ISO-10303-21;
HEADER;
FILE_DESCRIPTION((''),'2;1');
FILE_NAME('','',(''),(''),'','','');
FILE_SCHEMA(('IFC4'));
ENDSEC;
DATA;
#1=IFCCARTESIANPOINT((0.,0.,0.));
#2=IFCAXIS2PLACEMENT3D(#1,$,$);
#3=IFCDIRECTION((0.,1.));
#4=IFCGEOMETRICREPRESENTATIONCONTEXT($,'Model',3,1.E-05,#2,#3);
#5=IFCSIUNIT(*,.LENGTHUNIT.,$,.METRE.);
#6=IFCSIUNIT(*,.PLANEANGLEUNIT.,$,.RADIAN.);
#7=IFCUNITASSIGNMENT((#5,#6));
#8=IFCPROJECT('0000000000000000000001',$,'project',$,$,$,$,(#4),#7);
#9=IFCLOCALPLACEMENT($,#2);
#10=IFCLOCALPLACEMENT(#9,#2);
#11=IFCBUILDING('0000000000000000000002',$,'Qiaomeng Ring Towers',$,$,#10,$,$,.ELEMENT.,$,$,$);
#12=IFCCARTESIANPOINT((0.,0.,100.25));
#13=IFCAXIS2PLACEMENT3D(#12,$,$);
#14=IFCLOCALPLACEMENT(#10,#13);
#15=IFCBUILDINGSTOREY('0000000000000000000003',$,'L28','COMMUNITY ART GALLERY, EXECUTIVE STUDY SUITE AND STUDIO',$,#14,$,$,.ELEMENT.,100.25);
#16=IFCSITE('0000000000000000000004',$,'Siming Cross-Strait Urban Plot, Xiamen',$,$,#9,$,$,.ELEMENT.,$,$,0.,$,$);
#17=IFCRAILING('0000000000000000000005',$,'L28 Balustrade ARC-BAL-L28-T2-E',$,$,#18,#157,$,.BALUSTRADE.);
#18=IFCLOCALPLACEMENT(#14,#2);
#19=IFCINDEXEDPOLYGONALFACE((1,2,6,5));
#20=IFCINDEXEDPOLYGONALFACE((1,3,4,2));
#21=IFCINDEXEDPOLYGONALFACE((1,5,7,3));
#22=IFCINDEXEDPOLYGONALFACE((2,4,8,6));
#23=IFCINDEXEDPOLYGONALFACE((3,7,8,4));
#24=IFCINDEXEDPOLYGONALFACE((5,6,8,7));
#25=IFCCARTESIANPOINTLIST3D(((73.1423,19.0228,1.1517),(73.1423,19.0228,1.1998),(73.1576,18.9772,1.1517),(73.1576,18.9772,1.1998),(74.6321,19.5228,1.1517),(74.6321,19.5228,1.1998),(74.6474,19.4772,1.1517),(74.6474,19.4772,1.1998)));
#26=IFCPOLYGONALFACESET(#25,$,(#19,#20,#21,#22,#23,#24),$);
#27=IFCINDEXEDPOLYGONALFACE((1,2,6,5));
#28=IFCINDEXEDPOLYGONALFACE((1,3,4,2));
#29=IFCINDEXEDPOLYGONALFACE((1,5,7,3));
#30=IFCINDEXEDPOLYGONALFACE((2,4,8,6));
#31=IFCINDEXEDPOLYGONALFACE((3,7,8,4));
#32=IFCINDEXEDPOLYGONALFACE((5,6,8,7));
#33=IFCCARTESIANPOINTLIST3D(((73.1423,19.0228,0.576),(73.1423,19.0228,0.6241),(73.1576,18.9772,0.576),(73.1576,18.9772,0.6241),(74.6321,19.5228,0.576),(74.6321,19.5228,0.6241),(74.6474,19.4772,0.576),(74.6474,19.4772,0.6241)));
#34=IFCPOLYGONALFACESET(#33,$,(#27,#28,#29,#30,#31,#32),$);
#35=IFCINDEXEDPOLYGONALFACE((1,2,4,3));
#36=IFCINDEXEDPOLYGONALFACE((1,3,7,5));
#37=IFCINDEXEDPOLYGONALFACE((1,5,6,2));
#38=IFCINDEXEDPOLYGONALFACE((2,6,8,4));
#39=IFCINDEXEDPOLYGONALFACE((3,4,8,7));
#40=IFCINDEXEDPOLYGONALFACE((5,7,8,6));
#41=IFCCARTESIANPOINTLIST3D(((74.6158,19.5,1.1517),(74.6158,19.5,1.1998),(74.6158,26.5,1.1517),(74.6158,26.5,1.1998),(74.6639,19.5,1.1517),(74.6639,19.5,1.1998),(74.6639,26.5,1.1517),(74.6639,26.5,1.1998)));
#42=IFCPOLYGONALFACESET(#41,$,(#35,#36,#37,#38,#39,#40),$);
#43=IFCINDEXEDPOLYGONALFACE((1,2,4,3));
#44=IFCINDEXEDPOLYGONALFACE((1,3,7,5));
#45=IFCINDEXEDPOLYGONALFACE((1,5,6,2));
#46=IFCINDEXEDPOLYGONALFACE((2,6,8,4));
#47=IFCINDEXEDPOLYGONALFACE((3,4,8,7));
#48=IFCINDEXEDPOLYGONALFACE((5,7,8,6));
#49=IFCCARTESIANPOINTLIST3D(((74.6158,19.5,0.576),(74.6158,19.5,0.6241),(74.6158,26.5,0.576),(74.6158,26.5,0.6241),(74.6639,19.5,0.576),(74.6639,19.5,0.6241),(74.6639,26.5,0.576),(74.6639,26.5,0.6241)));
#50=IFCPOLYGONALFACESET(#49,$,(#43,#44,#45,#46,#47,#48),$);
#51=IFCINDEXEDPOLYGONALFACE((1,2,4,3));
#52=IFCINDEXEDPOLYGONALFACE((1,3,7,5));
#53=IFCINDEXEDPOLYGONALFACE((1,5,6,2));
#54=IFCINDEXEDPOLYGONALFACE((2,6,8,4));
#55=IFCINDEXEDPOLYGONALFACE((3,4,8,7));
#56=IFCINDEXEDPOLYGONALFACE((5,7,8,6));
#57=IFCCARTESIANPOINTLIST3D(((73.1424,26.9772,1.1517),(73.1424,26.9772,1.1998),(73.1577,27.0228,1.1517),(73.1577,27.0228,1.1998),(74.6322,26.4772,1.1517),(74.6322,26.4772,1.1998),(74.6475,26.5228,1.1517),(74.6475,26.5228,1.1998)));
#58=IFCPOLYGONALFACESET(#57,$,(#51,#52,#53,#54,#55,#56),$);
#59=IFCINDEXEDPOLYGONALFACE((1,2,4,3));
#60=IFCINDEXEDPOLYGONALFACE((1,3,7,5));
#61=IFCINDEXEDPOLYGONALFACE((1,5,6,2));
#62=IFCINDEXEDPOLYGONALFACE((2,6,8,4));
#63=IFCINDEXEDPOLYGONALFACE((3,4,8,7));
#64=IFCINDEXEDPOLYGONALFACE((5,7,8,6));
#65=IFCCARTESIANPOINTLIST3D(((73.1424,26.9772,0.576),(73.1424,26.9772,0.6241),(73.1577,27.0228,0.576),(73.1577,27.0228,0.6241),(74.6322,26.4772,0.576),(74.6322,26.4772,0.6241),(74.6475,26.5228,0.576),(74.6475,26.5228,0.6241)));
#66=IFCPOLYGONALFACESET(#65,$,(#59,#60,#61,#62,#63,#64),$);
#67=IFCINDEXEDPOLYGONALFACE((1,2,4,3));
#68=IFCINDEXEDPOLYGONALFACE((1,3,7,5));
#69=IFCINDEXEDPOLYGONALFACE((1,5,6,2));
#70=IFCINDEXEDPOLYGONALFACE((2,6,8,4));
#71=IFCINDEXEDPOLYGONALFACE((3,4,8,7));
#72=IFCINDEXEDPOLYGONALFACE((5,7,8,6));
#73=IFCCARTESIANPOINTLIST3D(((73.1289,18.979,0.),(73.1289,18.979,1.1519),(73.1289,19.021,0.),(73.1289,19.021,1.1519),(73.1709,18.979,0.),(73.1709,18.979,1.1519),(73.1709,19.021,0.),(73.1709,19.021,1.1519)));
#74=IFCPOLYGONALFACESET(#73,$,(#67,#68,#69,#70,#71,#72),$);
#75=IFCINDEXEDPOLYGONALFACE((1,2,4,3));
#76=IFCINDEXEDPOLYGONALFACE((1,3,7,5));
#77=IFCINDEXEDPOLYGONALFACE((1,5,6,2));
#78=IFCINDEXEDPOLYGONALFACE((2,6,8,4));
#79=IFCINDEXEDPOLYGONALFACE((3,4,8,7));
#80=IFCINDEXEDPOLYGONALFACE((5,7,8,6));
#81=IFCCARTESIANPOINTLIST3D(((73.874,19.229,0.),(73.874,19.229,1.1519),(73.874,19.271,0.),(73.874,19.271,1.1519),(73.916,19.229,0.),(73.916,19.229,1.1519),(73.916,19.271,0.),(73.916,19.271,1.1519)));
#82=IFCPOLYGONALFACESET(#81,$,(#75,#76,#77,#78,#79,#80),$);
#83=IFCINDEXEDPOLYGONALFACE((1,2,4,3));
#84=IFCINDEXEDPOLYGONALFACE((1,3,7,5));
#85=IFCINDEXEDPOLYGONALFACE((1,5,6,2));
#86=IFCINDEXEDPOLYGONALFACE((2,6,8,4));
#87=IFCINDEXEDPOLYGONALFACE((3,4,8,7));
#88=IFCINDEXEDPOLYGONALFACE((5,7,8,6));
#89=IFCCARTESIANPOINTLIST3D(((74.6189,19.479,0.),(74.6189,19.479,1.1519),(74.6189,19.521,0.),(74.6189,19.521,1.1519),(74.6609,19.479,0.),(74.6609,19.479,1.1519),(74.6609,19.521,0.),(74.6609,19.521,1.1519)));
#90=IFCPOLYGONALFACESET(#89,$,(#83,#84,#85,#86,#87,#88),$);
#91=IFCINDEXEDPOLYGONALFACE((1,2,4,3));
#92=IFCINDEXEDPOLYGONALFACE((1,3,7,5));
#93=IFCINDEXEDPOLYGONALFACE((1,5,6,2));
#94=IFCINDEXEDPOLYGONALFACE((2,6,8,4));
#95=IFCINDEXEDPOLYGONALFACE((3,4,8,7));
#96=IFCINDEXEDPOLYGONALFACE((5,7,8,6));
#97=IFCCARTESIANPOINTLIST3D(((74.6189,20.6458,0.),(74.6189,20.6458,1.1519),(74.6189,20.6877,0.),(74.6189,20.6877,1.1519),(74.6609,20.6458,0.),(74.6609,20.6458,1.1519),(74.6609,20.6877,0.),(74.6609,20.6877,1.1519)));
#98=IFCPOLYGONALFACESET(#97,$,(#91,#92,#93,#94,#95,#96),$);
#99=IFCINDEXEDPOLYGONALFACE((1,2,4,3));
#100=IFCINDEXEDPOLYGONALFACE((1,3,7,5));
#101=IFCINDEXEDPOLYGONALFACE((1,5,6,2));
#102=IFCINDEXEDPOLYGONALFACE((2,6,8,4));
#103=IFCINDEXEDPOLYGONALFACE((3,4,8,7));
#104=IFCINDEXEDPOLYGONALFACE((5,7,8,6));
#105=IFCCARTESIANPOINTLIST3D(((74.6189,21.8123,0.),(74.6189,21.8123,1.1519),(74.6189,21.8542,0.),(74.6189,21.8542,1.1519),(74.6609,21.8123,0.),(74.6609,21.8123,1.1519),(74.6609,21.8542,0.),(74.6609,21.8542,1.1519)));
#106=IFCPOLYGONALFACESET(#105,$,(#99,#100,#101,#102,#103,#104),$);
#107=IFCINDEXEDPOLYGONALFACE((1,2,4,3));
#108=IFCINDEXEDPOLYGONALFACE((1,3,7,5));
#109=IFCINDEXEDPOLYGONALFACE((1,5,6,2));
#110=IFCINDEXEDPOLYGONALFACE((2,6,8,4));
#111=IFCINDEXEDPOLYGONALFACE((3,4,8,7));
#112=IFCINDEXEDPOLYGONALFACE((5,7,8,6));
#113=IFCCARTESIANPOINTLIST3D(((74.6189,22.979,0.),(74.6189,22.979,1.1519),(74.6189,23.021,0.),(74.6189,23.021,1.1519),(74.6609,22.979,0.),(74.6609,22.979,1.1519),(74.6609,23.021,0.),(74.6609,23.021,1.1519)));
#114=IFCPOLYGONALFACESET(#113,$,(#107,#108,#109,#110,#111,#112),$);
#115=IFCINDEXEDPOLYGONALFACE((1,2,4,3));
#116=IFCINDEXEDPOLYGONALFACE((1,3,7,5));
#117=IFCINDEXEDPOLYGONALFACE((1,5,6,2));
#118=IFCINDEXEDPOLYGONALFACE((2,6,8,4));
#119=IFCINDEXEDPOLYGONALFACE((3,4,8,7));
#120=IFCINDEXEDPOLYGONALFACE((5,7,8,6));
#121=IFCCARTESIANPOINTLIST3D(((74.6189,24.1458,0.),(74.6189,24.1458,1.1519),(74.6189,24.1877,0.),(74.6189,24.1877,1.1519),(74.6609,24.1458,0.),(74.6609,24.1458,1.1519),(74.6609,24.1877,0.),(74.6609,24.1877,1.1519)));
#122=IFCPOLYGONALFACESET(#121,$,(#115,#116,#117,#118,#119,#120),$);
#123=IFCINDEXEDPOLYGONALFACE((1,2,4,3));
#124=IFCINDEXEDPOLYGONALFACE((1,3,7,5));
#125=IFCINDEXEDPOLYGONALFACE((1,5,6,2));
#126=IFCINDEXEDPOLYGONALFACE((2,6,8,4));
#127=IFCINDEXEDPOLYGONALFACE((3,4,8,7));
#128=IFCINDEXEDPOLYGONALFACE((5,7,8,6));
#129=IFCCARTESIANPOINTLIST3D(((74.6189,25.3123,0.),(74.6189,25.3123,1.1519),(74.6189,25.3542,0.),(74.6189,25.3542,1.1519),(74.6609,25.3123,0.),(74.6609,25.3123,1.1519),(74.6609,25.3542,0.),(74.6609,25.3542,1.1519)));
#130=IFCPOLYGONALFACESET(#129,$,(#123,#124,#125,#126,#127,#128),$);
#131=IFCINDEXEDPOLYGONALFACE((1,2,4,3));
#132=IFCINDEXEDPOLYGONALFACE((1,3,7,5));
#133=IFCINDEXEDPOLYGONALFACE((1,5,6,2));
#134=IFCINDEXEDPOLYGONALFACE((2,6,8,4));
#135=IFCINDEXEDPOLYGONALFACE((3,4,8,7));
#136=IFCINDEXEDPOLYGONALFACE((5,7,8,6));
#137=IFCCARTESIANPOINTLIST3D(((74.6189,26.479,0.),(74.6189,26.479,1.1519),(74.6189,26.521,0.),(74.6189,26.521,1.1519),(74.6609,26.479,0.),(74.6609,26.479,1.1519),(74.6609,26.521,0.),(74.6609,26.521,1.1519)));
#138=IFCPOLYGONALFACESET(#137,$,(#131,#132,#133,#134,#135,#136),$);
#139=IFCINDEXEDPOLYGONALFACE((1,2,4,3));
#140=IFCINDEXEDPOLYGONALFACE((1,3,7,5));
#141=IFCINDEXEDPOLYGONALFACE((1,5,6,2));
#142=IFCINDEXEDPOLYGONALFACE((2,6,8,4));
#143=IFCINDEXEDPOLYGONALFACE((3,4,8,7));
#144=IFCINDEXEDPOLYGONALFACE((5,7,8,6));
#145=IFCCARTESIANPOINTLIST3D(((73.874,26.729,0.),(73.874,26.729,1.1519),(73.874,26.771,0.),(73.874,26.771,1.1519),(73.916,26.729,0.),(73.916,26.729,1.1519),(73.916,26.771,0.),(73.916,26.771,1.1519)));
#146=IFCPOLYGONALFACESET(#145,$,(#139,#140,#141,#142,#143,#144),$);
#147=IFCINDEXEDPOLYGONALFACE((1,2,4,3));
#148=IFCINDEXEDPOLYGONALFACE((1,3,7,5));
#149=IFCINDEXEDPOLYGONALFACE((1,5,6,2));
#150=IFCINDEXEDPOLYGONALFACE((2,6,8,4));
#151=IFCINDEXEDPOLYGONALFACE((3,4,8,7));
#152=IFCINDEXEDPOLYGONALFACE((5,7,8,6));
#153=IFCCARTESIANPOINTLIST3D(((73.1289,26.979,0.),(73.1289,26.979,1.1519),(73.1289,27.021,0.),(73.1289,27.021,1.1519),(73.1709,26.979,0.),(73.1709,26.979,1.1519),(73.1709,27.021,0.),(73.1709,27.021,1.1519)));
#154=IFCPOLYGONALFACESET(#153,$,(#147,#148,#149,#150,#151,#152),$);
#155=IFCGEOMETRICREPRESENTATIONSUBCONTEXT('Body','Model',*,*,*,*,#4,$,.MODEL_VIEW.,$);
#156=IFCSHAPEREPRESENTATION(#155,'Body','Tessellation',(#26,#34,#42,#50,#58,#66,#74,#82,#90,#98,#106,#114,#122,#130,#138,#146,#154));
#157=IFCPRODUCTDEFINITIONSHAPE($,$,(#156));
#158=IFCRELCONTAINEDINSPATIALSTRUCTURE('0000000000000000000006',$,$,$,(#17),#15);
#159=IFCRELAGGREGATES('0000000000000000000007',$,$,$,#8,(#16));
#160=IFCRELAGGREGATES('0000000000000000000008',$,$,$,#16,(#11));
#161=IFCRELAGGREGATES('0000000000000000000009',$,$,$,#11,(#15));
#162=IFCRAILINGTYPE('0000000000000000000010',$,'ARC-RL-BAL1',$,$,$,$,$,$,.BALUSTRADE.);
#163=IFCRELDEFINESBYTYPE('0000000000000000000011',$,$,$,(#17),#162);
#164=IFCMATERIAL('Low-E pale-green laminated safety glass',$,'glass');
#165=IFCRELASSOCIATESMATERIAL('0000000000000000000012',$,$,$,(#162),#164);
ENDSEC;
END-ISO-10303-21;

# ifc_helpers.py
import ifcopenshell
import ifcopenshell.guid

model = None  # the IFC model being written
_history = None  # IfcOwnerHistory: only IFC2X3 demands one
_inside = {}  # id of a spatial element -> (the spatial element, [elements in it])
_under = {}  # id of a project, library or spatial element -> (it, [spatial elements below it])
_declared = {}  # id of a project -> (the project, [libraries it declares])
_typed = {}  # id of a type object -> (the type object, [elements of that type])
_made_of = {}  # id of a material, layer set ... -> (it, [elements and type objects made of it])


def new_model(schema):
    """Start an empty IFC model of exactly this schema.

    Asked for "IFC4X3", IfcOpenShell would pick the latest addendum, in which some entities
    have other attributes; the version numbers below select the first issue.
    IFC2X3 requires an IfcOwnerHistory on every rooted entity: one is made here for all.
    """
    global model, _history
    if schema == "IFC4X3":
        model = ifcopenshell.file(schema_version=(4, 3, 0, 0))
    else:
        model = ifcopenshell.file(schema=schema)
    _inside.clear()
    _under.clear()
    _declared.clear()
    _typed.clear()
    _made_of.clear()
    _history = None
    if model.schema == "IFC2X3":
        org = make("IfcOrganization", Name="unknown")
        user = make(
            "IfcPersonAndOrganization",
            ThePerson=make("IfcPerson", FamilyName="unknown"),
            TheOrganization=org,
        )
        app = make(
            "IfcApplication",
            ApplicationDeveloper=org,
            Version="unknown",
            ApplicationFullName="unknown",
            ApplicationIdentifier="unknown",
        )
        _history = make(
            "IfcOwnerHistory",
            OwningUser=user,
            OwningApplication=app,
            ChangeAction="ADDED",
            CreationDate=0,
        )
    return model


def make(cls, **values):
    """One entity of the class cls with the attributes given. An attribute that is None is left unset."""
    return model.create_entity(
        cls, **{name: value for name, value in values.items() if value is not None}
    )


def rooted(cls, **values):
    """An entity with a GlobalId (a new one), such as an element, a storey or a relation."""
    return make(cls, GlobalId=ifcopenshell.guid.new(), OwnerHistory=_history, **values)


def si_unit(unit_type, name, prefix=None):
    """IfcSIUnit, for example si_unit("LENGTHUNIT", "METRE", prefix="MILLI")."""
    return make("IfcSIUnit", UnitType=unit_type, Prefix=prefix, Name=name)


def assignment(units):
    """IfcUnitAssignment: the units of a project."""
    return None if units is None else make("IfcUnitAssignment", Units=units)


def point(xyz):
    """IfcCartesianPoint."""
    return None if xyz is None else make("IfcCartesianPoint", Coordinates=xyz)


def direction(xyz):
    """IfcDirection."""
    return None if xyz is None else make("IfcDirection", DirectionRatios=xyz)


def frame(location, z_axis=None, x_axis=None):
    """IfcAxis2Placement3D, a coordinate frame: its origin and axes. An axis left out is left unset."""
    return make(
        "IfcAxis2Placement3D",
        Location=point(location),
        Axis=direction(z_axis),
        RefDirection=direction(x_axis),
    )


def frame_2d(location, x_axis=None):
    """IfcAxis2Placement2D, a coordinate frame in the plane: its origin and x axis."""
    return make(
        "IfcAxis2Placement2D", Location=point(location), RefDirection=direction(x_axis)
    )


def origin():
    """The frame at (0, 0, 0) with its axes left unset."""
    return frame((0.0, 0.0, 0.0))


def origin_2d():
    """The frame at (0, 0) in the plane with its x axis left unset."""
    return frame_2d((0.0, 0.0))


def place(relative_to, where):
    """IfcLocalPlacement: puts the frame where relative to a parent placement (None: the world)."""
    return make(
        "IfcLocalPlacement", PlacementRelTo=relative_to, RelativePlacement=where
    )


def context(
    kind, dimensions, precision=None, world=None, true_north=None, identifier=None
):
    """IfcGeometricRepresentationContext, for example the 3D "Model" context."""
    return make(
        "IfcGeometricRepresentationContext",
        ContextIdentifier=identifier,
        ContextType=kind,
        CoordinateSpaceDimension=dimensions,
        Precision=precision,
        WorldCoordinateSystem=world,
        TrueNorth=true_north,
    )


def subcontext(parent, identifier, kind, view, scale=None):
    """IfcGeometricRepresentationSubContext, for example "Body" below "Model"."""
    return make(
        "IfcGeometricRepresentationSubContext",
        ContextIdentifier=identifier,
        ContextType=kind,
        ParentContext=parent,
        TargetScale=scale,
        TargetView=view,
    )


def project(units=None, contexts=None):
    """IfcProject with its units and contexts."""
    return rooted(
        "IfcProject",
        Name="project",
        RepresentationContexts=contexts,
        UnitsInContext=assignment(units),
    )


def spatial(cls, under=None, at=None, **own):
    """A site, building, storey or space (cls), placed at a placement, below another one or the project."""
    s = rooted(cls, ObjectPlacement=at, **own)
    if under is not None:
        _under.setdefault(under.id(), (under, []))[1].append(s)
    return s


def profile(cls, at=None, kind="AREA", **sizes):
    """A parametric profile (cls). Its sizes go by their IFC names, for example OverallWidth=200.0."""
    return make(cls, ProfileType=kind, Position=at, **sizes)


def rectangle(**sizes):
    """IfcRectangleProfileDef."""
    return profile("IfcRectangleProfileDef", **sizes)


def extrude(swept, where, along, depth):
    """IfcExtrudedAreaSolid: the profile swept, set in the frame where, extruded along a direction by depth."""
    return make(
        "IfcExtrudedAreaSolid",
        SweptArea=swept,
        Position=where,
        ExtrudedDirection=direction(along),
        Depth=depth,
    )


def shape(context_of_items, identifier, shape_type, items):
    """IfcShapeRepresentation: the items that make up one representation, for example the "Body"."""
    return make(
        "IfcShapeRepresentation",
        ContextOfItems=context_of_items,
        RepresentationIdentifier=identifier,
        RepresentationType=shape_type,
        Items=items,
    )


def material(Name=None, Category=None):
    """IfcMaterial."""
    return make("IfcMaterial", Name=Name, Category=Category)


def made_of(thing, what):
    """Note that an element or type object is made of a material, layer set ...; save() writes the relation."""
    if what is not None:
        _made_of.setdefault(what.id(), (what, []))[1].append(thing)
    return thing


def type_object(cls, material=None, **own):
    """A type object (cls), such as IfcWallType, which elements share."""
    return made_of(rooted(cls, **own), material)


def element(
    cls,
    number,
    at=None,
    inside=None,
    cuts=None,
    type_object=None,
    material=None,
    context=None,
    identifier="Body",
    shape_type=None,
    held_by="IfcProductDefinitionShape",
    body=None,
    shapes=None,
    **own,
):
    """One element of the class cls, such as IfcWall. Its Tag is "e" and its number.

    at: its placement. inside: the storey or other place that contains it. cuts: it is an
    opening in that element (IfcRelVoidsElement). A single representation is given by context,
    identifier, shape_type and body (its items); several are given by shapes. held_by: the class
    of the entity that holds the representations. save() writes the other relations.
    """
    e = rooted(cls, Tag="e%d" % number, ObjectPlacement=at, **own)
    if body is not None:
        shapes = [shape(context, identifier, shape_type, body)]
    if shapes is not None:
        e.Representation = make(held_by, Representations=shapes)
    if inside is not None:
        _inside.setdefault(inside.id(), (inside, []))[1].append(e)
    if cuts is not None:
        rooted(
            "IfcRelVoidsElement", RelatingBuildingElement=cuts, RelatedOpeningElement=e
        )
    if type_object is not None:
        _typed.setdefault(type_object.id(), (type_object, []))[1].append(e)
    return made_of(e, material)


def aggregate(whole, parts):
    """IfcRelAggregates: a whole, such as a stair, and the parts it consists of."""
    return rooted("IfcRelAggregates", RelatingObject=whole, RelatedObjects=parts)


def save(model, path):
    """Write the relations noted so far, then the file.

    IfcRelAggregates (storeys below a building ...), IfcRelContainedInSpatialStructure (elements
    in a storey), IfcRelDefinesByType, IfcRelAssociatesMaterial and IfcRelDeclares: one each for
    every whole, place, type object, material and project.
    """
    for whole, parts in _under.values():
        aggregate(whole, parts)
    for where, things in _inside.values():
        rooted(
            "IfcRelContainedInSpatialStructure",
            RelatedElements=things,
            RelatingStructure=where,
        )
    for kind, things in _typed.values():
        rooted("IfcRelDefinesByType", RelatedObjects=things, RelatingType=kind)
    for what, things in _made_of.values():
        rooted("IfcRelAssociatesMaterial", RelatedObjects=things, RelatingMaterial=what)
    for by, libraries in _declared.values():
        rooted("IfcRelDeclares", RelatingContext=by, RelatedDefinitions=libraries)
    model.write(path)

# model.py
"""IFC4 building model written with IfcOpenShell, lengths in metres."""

from ifc_helpers import new_model, si_unit, direction, frame, origin, origin_2d, place, context, subcontext, project, spatial, rectangle, extrude, material, type_object, element, save


model = new_model("IFC4")

# Units and contexts
model_context = context("Model", 3, precision=1e-05, world=origin(), true_north=direction((0.0, 1.0)))
body_context = subcontext(model_context, "Body", "Model", "MODEL_VIEW")
ifc_project = project(units=[si_unit("LENGTHUNIT", "METRE"), si_unit("PLANEANGLEUNIT", "RADIAN")], contexts=[model_context])

# Site, building, storey
site_placement = place(None, origin())
site = spatial("IfcSite", under=ifc_project, at=site_placement, Name="Siming Cross-Strait Urban Plot, Xiamen", CompositionType="ELEMENT", RefElevation=0.0)
building_placement = place(site_placement, origin())
building = spatial("IfcBuilding", under=site, at=building_placement, Name="Qiaomeng Ring Towers", CompositionType="ELEMENT")
storey_placement = place(building_placement, frame((0.0, 0.0, 100.25)))
storey = spatial("IfcBuildingStorey", under=building, at=storey_placement, Name="L28", Description="COMMUNITY ART GALLERY, EXECUTIVE STUDY SUITE AND STUDIO", CompositionType="ELEMENT", Elevation=100.25)

# Railing
ifc_material_1 = material(Name="Low-E pale-green laminated safety glass", Category="glass")
railing_type = type_object("IfcRailingType", Name="ARC-RL-BAL1", PredefinedType="BALUSTRADE", material=ifc_material_1)
railing_1_placement = place(storey_placement, frame((73.1499, 19.0, 0.0)))
element("IfcRailing", 1, at=railing_1_placement, inside=storey, type_object=railing_type, Name="L28 Balustrade ARC-BAL-L28-T2-E", PredefinedType="BALUSTRADE", context=body_context, shape_type="SweptSolid", body=[
    extrude(rectangle(XDim=0.0481, YDim=0.0481, at=origin_2d()), frame((0.0, 0.0, 1.1758), z_axis=(0.948044, 0.318138, 0.0), x_axis=(-0.318138, 0.948044, 0.0)), (0.0, 0.0, 1.0), 1.5715),
    extrude(rectangle(XDim=0.0481, YDim=0.0481, at=origin_2d()), frame((0.0, 0.0, 0.6001), z_axis=(0.948044, 0.318138, 0.0), x_axis=(-0.318138, 0.948044, 0.0)), (0.0, 0.0, 1.0), 1.5715),
    extrude(rectangle(XDim=0.0481, YDim=0.0481, at=origin_2d()), frame((1.49, 0.5, 1.1758), z_axis=(0.0, 1.0, 0.0), x_axis=(-1.0, 0.0, 0.0)), (0.0, 0.0, 1.0), 7.0),
    extrude(rectangle(XDim=0.0481, YDim=0.0481, at=origin_2d()), frame((1.49, 0.5, 0.6001), z_axis=(0.0, 1.0, 0.0), x_axis=(-1.0, 0.0, 0.0)), (0.0, 0.0, 1.0), 7.0),
    extrude(rectangle(XDim=0.0481, YDim=0.0481, at=origin_2d()), frame((1.49, 7.5, 1.1758), z_axis=(-0.948044, 0.318138, 0.0), x_axis=(-0.318138, -0.948044, 0.0)), (0.0, 0.0, 1.0), 1.5715),
    extrude(rectangle(XDim=0.0481, YDim=0.0481, at=origin_2d()), frame((1.49, 7.5, 0.6001), z_axis=(-0.948044, 0.318138, 0.0), x_axis=(-0.318138, -0.948044, 0.0)), (0.0, 0.0, 1.0), 1.5715),
    extrude(rectangle(XDim=0.042, YDim=0.042, at=origin_2d()), origin(), (0.0, 0.0, 1.0), 1.1519),
    extrude(rectangle(XDim=0.042, YDim=0.042, at=origin_2d()), frame((0.7451, 0.25, 0.0)), (0.0, 0.0, 1.0), 1.1519),
    extrude(rectangle(XDim=0.042, YDim=0.042, at=origin_2d()), frame((1.49, 0.5, 0.0)), (0.0, 0.0, 1.0), 1.1519),
    extrude(rectangle(XDim=0.042, YDim=0.042, at=origin_2d()), frame((1.49, 1.6667, 0.0)), (0.0, 0.0, 1.0), 1.1519),
    extrude(rectangle(XDim=0.042, YDim=0.042, at=origin_2d()), frame((1.49, 2.8333, 0.0)), (0.0, 0.0, 1.0), 1.1519),
    extrude(rectangle(XDim=0.042, YDim=0.042, at=origin_2d()), frame((1.49, 4.0, 0.0)), (0.0, 0.0, 1.0), 1.1519),
    extrude(rectangle(XDim=0.042, YDim=0.042, at=origin_2d()), frame((1.49, 5.1667, 0.0)), (0.0, 0.0, 1.0), 1.1519),
    extrude(rectangle(XDim=0.042, YDim=0.042, at=origin_2d()), frame((1.49, 6.3333, 0.0)), (0.0, 0.0, 1.0), 1.1519),
    extrude(rectangle(XDim=0.042, YDim=0.042, at=origin_2d()), frame((1.49, 7.5, 0.0)), (0.0, 0.0, 1.0), 1.1519),
    extrude(rectangle(XDim=0.042, YDim=0.042, at=origin_2d()), frame((0.7451, 7.75, 0.0)), (0.0, 0.0, 1.0), 1.1519),
    extrude(rectangle(XDim=0.042, YDim=0.042, at=origin_2d()), frame((0.0, 8.0, 0.0)), (0.0, 0.0, 1.0), 1.1519),
])

save(model, "model.ifc")
